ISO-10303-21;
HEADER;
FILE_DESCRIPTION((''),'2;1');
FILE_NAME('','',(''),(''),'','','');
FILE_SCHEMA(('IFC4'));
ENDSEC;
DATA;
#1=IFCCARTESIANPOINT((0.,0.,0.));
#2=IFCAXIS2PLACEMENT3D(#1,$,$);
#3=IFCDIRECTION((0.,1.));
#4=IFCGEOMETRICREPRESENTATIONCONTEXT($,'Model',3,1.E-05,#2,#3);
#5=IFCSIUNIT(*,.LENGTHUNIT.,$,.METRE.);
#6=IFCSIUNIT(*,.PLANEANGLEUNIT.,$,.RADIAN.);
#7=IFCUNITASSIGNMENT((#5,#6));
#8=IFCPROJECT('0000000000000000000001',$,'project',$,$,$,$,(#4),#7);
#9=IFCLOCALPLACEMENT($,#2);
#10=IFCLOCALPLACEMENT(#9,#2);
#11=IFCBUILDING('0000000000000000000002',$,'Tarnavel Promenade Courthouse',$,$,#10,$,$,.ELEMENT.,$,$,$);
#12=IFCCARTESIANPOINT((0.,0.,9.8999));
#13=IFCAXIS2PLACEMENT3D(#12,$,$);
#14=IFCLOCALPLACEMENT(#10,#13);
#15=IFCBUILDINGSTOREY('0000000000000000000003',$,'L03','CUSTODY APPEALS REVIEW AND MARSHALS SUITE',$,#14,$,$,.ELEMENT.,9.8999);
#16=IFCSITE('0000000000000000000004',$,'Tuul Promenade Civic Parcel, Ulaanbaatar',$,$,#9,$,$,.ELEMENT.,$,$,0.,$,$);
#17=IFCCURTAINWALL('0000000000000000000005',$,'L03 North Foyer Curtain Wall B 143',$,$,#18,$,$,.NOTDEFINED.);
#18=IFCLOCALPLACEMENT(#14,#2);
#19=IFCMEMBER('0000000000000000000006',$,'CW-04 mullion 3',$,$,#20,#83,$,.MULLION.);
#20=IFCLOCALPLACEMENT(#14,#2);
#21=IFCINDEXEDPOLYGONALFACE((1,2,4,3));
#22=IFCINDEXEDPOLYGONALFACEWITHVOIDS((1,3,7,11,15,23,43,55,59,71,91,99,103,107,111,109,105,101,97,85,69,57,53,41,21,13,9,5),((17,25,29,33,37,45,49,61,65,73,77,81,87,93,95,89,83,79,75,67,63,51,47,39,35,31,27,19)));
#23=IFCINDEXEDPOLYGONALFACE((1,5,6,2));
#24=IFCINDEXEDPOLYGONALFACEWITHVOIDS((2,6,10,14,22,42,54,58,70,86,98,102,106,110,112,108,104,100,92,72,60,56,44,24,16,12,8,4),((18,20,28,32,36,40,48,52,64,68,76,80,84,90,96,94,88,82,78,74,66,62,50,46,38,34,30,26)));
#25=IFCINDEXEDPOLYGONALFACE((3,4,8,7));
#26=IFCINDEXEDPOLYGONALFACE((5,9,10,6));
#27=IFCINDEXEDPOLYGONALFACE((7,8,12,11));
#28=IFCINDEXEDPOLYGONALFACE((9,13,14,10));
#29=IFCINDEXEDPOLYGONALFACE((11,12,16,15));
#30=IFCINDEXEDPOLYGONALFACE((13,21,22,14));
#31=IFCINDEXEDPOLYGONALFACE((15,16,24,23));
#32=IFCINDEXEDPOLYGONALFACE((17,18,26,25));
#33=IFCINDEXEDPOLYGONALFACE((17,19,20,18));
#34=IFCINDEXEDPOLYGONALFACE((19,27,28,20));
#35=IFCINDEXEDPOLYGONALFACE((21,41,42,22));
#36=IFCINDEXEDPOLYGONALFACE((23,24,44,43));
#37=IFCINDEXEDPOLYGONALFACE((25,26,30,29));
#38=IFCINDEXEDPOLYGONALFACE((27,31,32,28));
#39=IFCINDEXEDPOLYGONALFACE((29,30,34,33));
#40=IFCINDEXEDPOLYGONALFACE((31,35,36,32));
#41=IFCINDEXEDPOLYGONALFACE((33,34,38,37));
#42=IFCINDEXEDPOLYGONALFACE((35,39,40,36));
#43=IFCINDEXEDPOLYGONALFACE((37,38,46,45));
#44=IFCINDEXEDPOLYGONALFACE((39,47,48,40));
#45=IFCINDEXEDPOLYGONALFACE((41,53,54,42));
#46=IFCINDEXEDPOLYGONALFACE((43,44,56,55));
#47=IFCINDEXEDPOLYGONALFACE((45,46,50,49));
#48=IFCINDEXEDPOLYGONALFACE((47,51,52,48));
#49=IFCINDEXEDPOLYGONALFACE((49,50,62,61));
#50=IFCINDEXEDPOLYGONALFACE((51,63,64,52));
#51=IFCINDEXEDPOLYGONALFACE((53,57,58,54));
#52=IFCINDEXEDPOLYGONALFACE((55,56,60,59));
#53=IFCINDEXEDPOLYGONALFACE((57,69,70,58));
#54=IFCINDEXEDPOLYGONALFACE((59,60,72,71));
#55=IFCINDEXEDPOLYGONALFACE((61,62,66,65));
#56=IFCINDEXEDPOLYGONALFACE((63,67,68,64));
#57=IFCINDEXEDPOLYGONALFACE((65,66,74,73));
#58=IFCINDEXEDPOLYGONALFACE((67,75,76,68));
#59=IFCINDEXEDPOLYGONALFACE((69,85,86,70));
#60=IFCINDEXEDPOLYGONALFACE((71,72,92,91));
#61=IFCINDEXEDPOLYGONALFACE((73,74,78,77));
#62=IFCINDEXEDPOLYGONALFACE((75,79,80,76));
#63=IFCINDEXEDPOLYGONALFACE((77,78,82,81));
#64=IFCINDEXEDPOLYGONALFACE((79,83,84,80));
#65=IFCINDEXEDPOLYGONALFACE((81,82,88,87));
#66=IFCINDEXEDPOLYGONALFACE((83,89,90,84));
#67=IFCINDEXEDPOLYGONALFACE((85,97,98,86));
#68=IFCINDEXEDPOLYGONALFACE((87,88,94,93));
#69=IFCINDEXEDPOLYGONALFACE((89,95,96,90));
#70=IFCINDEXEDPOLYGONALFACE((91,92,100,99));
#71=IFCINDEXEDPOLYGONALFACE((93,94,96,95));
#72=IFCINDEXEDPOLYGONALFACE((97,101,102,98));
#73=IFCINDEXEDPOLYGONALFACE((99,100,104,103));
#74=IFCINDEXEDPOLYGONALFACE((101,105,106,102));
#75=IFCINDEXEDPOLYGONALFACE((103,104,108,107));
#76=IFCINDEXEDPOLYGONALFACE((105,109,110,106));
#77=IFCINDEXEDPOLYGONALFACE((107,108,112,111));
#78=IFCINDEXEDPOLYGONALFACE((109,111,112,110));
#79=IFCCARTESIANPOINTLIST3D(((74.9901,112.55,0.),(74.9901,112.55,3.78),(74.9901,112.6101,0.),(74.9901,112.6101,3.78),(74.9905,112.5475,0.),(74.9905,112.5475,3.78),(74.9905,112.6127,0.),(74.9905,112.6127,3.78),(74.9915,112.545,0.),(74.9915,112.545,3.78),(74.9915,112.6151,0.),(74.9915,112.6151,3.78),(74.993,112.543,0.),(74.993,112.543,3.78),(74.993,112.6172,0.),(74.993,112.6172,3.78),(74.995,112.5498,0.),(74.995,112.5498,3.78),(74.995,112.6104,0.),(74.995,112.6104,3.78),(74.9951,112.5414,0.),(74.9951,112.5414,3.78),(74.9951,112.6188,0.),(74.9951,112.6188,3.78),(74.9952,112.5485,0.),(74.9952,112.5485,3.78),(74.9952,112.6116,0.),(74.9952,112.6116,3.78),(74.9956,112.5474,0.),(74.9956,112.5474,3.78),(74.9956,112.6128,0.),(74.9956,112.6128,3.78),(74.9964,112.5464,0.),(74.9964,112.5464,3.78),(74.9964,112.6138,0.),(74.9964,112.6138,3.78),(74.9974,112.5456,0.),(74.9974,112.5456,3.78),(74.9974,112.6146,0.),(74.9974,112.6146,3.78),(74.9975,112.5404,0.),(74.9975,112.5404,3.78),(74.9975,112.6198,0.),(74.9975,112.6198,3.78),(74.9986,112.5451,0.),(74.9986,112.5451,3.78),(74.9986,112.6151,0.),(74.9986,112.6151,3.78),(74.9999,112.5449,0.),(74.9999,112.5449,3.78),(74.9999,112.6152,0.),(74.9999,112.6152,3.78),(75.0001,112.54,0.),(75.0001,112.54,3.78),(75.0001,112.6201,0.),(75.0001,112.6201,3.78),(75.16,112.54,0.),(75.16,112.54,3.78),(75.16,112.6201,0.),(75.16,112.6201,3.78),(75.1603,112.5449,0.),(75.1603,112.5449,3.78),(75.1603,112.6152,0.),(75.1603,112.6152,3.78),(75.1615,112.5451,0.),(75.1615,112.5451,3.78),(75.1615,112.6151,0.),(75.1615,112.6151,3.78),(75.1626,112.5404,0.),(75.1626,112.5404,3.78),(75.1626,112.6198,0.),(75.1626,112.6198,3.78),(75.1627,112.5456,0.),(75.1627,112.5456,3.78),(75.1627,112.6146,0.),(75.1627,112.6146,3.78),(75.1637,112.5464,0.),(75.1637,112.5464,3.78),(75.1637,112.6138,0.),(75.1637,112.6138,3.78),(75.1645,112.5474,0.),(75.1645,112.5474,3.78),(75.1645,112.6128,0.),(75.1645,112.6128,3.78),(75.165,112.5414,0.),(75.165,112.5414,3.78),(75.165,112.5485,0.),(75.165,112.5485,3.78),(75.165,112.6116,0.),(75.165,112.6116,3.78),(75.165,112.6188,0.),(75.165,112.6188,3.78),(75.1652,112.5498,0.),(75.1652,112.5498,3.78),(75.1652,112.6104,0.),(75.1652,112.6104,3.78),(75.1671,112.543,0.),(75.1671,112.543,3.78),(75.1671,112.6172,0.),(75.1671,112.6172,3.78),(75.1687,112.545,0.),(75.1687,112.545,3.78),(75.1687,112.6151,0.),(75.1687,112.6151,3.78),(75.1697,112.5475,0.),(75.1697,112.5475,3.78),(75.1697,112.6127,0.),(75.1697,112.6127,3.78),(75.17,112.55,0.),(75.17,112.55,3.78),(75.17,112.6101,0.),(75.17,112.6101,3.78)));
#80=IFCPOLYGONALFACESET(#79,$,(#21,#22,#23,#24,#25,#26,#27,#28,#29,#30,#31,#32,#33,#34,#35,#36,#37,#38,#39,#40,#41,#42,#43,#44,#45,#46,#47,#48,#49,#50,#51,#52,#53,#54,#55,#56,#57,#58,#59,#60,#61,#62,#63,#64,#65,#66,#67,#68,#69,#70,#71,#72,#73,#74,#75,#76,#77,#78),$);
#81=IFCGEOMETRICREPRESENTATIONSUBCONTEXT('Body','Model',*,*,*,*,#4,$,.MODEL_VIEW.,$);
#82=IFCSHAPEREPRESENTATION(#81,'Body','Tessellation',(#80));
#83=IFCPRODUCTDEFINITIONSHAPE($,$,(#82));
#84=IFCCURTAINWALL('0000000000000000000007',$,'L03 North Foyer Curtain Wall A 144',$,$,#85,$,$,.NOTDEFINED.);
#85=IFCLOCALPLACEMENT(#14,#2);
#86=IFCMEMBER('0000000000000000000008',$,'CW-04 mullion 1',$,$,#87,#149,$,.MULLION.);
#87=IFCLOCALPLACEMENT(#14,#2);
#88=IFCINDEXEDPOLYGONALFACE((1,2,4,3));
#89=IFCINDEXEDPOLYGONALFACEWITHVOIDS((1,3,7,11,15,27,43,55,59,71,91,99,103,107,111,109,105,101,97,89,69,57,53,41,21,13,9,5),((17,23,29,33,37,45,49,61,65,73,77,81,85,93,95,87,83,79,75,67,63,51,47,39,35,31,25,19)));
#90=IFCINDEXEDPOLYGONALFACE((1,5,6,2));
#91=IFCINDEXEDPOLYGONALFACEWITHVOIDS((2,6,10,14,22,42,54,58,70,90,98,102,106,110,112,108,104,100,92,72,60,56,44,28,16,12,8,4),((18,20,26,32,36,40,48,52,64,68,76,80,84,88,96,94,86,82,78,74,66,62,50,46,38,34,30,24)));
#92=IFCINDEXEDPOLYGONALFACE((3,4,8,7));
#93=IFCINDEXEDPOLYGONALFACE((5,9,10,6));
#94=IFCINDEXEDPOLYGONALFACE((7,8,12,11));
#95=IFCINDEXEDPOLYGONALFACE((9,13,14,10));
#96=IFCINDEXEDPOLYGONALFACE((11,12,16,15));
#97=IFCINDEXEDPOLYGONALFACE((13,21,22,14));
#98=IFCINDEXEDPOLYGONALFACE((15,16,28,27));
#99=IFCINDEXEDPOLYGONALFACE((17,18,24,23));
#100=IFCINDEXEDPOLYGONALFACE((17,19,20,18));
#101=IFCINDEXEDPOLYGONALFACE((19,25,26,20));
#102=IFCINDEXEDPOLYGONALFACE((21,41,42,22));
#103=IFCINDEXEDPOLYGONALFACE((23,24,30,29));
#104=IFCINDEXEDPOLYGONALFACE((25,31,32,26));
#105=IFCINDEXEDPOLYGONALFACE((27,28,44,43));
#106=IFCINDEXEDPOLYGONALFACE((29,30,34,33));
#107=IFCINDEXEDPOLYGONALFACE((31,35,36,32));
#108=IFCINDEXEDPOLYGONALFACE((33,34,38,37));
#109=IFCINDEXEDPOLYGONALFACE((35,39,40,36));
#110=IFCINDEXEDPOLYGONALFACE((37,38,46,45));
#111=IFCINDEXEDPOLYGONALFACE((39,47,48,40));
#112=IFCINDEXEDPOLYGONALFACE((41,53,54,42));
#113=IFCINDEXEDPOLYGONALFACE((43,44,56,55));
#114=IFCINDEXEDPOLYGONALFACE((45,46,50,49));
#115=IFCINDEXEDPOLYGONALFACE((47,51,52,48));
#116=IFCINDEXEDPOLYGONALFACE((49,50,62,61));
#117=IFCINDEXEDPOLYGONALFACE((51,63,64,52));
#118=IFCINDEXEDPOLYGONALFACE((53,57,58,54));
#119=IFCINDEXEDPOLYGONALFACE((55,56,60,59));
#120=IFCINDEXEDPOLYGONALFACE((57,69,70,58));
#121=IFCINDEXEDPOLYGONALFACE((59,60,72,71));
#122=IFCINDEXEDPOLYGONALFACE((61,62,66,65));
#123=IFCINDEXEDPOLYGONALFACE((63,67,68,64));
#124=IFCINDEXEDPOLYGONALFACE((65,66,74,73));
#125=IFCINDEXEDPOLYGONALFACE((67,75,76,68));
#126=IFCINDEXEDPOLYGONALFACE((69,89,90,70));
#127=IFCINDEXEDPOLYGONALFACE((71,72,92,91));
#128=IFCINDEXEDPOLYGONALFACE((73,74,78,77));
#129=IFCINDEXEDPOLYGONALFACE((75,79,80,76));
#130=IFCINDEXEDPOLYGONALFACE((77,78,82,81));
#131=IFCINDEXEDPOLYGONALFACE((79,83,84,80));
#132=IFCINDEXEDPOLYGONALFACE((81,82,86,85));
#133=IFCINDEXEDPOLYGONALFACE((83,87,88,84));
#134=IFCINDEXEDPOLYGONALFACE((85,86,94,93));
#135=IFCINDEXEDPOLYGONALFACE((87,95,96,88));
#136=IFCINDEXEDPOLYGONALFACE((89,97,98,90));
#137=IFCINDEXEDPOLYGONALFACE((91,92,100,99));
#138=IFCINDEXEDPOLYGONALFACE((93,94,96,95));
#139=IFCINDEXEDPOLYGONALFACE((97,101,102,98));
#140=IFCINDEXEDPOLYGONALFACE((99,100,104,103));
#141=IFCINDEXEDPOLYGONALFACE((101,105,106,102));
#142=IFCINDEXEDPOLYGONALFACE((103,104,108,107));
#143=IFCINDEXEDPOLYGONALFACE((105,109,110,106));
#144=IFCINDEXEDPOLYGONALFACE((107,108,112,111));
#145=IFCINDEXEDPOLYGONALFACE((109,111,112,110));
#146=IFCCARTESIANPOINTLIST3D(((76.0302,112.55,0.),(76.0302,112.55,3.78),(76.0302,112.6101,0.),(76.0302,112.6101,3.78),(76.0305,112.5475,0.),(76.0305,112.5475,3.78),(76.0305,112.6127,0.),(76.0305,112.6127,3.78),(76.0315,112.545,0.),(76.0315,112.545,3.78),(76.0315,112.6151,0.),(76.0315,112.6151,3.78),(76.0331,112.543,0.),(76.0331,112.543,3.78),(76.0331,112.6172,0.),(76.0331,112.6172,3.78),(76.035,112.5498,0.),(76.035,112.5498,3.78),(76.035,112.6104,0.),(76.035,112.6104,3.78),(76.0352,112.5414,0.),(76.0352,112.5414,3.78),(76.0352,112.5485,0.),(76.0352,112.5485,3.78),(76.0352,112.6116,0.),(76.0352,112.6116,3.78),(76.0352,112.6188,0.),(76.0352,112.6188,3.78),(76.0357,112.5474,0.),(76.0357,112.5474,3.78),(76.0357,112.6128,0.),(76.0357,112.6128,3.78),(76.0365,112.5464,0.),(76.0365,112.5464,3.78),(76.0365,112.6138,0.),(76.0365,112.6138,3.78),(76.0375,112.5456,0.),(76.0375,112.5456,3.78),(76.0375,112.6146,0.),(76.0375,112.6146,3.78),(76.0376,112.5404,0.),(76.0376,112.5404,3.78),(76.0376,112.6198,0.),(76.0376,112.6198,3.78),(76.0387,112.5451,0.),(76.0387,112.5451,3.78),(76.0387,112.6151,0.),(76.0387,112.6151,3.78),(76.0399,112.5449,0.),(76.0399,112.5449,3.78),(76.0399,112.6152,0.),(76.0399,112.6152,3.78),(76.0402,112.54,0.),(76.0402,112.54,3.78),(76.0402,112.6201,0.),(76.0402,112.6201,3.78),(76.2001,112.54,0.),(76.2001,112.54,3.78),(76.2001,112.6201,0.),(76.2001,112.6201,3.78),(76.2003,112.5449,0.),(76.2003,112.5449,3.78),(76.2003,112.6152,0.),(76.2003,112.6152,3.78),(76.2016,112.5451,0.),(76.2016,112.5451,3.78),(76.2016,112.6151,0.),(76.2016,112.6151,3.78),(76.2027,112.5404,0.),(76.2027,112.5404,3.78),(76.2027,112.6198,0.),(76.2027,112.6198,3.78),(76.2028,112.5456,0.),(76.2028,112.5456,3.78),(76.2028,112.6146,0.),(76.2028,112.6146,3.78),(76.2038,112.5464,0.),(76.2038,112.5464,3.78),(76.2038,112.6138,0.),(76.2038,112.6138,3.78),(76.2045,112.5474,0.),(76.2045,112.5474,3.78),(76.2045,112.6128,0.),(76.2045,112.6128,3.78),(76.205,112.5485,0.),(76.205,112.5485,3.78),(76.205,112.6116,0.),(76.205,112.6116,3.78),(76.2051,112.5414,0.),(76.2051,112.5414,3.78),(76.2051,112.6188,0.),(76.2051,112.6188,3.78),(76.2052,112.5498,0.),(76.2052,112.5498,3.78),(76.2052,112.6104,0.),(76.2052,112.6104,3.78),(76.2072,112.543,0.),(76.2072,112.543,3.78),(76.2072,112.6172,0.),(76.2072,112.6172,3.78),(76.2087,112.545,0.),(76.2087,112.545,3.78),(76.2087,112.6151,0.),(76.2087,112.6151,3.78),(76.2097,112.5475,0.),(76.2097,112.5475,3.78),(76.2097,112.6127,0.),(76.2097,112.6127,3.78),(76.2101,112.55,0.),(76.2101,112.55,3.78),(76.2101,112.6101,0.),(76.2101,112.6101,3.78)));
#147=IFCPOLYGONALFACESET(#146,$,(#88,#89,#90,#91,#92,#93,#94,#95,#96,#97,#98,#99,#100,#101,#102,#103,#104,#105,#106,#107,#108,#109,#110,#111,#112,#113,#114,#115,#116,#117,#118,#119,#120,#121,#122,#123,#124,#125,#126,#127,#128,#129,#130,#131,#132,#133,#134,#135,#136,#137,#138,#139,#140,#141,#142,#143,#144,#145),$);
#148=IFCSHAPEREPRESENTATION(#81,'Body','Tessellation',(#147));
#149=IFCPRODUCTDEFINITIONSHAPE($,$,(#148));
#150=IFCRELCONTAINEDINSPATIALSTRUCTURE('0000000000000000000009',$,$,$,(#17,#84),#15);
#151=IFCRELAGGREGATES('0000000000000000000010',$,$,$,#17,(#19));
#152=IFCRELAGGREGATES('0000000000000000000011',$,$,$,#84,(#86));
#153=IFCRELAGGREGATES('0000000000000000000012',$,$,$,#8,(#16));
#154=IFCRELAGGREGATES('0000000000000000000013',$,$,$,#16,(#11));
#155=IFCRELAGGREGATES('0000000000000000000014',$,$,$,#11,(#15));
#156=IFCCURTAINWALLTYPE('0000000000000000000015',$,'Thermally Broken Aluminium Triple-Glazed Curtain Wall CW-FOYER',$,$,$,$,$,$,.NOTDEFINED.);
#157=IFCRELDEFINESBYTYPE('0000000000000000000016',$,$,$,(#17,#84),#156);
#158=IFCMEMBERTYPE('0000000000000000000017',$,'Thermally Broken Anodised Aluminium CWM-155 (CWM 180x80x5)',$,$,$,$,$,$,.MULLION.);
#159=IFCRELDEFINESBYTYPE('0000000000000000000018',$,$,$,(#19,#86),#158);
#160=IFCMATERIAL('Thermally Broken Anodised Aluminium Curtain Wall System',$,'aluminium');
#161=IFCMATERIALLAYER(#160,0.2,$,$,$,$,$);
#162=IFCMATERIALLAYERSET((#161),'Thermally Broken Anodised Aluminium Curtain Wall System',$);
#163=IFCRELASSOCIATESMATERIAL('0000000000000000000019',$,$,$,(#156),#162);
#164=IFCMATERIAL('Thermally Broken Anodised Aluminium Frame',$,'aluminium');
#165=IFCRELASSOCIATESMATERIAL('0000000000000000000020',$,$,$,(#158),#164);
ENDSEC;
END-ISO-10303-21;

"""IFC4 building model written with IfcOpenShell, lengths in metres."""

from ifc_helpers import new_model, si_unit, direction, frame, origin, origin_2d, place, context, subcontext, project, spatial, hollow_rectangle, extrude, material, layer, layer_set, material_profile, profile_set, type_object, element, aggregate, save


model = new_model("IFC4")

# Units and contexts
model_context = context("Model", 3, precision=1e-05, world=origin(), true_north=direction((0.0, 1.0)))
body_context = subcontext(model_context, "Body", "Model", "MODEL_VIEW")
ifc_project = project(units=[si_unit("LENGTHUNIT", "METRE"), si_unit("PLANEANGLEUNIT", "RADIAN")], contexts=[model_context])

# Site, building, storey
site_placement = place(None, origin())
site = spatial("IfcSite", under=ifc_project, at=site_placement, Name="Tuul Promenade Civic Parcel, Ulaanbaatar", CompositionType="ELEMENT", RefElevation=0.0)
building_placement = place(site_placement, origin())
building = spatial("IfcBuilding", under=site, at=building_placement, Name="Tarnavel Promenade Courthouse", CompositionType="ELEMENT")
storey_placement = place(building_placement, frame((0.0, 0.0, 9.8999)))
storey = spatial("IfcBuildingStorey", under=building, at=storey_placement, Name="L03", Description="CUSTODY APPEALS REVIEW AND MARSHALS SUITE", CompositionType="ELEMENT", Elevation=9.8999)

# Curtain walls, members
ifc_material_1 = material(Name="Thermally Broken Anodised Aluminium Curtain Wall System", Category="aluminium")
ifc_layer_1 = layer(ifc_material_1, 0.2)
ifc_layer_set_1 = layer_set([ifc_layer_1], Name="Thermally Broken Anodised Aluminium Curtain Wall System")
curtain_wall_type = type_object("IfcCurtainWallType", Name="Thermally Broken Aluminium Triple-Glazed Curtain Wall CW-FOYER", PredefinedType="NOTDEFINED", material=ifc_layer_set_1)
curtain_wall_1_placement = place(storey_placement, origin())
curtain_wall_1 = element("IfcCurtainWall", 1, at=curtain_wall_1_placement, inside=storey, type_object=curtain_wall_type, Name="L03 North Foyer Curtain Wall B 143", PredefinedType="NOTDEFINED")
ifc_material_2 = material(Name="Thermally Broken Anodised Aluminium Frame", Category="aluminium")
ifc_material_profile_1 = material_profile(ifc_material_2, hollow_rectangle(XDim=0.0801, YDim=0.1799, WallThickness=0.0049, InnerFilletRadius=0.0049, OuterFilletRadius=0.01, at=origin_2d()), Name="CWM 180x80x5")
ifc_profile_set_1 = profile_set([ifc_material_profile_1], Name="Thermally Broken Anodised Aluminium Frame")
member_type_1 = type_object("IfcMemberType", Name="Thermally Broken Anodised Aluminium CWM-155 (CWM 180x80x5)", PredefinedType="MULLION", material=ifc_profile_set_1)
member_1_placement = place(storey_placement, frame((75.0801, 112.5801, 0.0), z_axis=(0.0, 0.0, 1.0), x_axis=(0.0, 1.0, 0.0)))
member_1 = element("IfcMember", 2, at=member_1_placement, type_object=member_type_1, Name="CW-04 mullion 3", PredefinedType="MULLION", context=body_context, shape_type="SweptSolid", body=[
    extrude(hollow_rectangle(XDim=0.0801, YDim=0.1799, WallThickness=0.0049, InnerFilletRadius=0.0049, OuterFilletRadius=0.01, at=origin_2d()), origin(), (0.0, 0.0, 1.0), 3.78),
])
curtain_wall_2_placement = place(storey_placement, origin())
curtain_wall_2 = element("IfcCurtainWall", 3, at=curtain_wall_2_placement, inside=storey, type_object=curtain_wall_type, Name="L03 North Foyer Curtain Wall A 144", PredefinedType="NOTDEFINED")
member_2_placement = place(storey_placement, frame((76.1201, 112.5801, 0.0), z_axis=(0.0, 0.0, 1.0), x_axis=(0.0, 1.0, 0.0)))
member_2 = element("IfcMember", 4, at=member_2_placement, type_object=member_type_1, Name="CW-04 mullion 1", PredefinedType="MULLION", context=body_context, shape_type="SweptSolid", body=[
    extrude(hollow_rectangle(XDim=0.0801, YDim=0.1799, WallThickness=0.0049, InnerFilletRadius=0.0049, OuterFilletRadius=0.01, at=origin_2d()), origin(), (0.0, 0.0, 1.0), 3.78),
])

aggregate(curtain_wall_1, [member_1])
aggregate(curtain_wall_2, [member_2])

save(model, "model.ifc")
